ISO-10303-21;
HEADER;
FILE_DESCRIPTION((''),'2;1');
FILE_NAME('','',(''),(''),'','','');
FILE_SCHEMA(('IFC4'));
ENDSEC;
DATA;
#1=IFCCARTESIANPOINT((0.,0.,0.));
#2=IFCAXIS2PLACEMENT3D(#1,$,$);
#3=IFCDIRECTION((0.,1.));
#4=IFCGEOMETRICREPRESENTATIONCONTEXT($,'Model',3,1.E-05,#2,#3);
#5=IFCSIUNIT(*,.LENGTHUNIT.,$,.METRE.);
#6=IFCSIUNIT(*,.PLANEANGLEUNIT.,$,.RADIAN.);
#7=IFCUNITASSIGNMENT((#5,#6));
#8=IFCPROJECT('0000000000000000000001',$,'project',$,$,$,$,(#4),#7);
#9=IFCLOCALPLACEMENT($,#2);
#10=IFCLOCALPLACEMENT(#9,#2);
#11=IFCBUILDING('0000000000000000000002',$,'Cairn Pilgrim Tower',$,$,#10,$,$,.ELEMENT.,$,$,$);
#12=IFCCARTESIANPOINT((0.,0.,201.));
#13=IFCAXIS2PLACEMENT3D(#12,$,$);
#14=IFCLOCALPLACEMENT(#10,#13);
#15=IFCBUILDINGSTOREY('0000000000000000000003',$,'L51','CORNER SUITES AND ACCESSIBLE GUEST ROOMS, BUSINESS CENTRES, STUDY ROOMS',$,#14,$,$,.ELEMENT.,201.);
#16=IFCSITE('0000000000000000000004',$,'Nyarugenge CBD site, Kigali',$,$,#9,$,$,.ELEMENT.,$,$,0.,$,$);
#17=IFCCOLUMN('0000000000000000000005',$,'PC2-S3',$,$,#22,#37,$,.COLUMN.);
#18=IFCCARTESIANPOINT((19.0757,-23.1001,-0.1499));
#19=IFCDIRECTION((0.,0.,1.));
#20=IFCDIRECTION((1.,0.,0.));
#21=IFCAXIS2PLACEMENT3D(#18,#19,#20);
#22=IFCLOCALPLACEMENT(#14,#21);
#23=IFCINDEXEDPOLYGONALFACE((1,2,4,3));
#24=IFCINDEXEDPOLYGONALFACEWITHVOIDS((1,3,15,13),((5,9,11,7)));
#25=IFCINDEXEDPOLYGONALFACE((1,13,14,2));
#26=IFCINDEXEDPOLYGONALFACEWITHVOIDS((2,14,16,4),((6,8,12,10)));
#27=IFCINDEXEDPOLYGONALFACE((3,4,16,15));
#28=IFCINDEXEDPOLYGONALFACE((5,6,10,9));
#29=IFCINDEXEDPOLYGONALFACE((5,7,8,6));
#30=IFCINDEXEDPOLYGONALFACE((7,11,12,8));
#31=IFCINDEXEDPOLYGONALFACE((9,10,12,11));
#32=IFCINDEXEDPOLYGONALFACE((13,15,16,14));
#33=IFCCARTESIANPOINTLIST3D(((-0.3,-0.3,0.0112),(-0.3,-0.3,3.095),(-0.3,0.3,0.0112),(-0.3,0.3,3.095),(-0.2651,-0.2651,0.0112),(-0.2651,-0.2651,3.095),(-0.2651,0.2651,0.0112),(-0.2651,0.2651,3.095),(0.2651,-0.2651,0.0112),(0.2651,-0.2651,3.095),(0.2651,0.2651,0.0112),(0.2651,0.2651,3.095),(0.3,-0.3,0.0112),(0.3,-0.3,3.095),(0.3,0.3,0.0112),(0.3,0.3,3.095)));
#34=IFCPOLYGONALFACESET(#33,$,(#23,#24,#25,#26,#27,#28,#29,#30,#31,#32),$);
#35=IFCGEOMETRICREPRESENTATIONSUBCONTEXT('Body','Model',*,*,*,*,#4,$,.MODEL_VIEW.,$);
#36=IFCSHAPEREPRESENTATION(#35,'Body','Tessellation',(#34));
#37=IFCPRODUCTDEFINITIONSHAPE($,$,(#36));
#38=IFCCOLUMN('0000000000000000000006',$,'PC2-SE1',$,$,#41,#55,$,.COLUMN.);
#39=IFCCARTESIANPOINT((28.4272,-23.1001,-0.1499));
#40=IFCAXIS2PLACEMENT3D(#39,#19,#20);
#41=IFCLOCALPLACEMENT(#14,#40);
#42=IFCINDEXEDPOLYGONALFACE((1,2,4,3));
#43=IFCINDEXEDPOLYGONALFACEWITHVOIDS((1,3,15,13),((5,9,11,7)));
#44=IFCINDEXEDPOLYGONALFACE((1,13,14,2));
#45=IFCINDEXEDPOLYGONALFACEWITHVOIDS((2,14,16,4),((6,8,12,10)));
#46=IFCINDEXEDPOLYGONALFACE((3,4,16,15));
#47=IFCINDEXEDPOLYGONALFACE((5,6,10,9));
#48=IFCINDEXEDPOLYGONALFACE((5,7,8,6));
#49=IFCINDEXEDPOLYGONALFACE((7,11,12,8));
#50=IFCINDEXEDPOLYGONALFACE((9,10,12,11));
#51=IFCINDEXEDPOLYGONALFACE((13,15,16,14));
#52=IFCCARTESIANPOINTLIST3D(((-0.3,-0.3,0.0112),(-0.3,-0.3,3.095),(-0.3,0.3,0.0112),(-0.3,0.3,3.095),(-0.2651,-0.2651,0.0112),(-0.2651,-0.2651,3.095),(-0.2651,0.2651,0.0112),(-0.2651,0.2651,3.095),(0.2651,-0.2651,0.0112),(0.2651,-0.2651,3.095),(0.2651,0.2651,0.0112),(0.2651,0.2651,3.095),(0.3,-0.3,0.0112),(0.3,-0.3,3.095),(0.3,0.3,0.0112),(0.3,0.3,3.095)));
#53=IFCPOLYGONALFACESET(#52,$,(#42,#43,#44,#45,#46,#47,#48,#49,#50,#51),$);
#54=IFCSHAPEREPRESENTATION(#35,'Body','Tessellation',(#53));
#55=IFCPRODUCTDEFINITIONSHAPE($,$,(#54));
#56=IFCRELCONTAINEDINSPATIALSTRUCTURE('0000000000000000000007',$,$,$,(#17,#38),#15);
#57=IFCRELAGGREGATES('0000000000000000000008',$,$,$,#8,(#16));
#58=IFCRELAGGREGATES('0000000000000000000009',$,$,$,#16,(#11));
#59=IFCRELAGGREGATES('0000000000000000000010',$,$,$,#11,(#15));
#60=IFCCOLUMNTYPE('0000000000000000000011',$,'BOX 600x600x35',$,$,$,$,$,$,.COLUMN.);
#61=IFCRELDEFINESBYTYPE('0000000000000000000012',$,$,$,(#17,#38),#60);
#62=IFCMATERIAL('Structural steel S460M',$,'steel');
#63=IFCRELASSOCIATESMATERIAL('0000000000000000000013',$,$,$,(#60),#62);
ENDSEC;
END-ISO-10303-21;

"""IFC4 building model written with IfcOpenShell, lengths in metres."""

from ifc_helpers import new_model, si_unit, direction, frame, origin, origin_2d, place, context, subcontext, project, spatial, hollow_rectangle, extrude, clip, halfspace, material, material_profile, profile_set, type_object, element, save


model = new_model("IFC4")

# Units and contexts
model_context = context("Model", 3, precision=1e-05, world=origin(), true_north=direction((0.0, 1.0)))
body_context = subcontext(model_context, "Body", "Model", "MODEL_VIEW")
ifc_project = project(units=[si_unit("LENGTHUNIT", "METRE"), si_unit("PLANEANGLEUNIT", "RADIAN")], contexts=[model_context])

# Site, building, storey
site_placement = place(None, origin())
site = spatial("IfcSite", under=ifc_project, at=site_placement, Name="Nyarugenge CBD site, Kigali", CompositionType="ELEMENT", RefElevation=0.0)
building_placement = place(site_placement, origin())
building = spatial("IfcBuilding", under=site, at=building_placement, Name="Cairn Pilgrim Tower", CompositionType="ELEMENT")
storey_placement = place(building_placement, frame((0.0, 0.0, 201.0)))
storey = spatial("IfcBuildingStorey", under=building, at=storey_placement, Name="L51", Description="CORNER SUITES AND ACCESSIBLE GUEST ROOMS, BUSINESS CENTRES, STUDY ROOMS", CompositionType="ELEMENT", Elevation=201.0)

# Columns
ifc_material_1 = material(Name="Structural steel S460M", Category="steel")
ifc_material_profile_1 = material_profile(ifc_material_1, hollow_rectangle(XDim=0.6001, YDim=0.6001, WallThickness=0.0349, at=origin_2d()), Name="BOX 600x600x35")
ifc_profile_set_1 = profile_set([ifc_material_profile_1], Name="Structural steel S460M")
column_type = type_object("IfcColumnType", Name="BOX 600x600x35", PredefinedType="COLUMN", material=ifc_profile_set_1)
for number, where, z_axis, x_axis, name in (
    (1, (19.0757, -23.1001, -0.1499), (0.0, 0.0, 1.0), (1.0, 0.0, 0.0), "PC2-S3"),
    (2, (28.4272, -23.1001, -0.1499), (0.0, 0.0, 1.0), (1.0, 0.0, 0.0), "PC2-SE1"),
):
    element("IfcColumn", number, at=place(storey_placement, frame(where, z_axis=z_axis, x_axis=x_axis)), inside=storey, type_object=column_type, Name=name, PredefinedType="COLUMN", context=body_context, shape_type="Clipping", body=[
        clip(clip(extrude(hollow_rectangle(XDim=0.6001, YDim=0.6001, WallThickness=0.0349, at=origin_2d()), origin(), (0.0, 0.0, 1.0), 3.5), halfspace(frame((0.0, 0.0, 0.0112), z_axis=(0.0, 0.0, 1.0), x_axis=(1.0, 0.0, 0.0)), True)), halfspace(frame((0.0, 0.0, 3.095), z_axis=(0.0, 0.0, 1.0), x_axis=(1.0, 0.0, 0.0)), False)),
    ])

save(model, "model.ifc")
